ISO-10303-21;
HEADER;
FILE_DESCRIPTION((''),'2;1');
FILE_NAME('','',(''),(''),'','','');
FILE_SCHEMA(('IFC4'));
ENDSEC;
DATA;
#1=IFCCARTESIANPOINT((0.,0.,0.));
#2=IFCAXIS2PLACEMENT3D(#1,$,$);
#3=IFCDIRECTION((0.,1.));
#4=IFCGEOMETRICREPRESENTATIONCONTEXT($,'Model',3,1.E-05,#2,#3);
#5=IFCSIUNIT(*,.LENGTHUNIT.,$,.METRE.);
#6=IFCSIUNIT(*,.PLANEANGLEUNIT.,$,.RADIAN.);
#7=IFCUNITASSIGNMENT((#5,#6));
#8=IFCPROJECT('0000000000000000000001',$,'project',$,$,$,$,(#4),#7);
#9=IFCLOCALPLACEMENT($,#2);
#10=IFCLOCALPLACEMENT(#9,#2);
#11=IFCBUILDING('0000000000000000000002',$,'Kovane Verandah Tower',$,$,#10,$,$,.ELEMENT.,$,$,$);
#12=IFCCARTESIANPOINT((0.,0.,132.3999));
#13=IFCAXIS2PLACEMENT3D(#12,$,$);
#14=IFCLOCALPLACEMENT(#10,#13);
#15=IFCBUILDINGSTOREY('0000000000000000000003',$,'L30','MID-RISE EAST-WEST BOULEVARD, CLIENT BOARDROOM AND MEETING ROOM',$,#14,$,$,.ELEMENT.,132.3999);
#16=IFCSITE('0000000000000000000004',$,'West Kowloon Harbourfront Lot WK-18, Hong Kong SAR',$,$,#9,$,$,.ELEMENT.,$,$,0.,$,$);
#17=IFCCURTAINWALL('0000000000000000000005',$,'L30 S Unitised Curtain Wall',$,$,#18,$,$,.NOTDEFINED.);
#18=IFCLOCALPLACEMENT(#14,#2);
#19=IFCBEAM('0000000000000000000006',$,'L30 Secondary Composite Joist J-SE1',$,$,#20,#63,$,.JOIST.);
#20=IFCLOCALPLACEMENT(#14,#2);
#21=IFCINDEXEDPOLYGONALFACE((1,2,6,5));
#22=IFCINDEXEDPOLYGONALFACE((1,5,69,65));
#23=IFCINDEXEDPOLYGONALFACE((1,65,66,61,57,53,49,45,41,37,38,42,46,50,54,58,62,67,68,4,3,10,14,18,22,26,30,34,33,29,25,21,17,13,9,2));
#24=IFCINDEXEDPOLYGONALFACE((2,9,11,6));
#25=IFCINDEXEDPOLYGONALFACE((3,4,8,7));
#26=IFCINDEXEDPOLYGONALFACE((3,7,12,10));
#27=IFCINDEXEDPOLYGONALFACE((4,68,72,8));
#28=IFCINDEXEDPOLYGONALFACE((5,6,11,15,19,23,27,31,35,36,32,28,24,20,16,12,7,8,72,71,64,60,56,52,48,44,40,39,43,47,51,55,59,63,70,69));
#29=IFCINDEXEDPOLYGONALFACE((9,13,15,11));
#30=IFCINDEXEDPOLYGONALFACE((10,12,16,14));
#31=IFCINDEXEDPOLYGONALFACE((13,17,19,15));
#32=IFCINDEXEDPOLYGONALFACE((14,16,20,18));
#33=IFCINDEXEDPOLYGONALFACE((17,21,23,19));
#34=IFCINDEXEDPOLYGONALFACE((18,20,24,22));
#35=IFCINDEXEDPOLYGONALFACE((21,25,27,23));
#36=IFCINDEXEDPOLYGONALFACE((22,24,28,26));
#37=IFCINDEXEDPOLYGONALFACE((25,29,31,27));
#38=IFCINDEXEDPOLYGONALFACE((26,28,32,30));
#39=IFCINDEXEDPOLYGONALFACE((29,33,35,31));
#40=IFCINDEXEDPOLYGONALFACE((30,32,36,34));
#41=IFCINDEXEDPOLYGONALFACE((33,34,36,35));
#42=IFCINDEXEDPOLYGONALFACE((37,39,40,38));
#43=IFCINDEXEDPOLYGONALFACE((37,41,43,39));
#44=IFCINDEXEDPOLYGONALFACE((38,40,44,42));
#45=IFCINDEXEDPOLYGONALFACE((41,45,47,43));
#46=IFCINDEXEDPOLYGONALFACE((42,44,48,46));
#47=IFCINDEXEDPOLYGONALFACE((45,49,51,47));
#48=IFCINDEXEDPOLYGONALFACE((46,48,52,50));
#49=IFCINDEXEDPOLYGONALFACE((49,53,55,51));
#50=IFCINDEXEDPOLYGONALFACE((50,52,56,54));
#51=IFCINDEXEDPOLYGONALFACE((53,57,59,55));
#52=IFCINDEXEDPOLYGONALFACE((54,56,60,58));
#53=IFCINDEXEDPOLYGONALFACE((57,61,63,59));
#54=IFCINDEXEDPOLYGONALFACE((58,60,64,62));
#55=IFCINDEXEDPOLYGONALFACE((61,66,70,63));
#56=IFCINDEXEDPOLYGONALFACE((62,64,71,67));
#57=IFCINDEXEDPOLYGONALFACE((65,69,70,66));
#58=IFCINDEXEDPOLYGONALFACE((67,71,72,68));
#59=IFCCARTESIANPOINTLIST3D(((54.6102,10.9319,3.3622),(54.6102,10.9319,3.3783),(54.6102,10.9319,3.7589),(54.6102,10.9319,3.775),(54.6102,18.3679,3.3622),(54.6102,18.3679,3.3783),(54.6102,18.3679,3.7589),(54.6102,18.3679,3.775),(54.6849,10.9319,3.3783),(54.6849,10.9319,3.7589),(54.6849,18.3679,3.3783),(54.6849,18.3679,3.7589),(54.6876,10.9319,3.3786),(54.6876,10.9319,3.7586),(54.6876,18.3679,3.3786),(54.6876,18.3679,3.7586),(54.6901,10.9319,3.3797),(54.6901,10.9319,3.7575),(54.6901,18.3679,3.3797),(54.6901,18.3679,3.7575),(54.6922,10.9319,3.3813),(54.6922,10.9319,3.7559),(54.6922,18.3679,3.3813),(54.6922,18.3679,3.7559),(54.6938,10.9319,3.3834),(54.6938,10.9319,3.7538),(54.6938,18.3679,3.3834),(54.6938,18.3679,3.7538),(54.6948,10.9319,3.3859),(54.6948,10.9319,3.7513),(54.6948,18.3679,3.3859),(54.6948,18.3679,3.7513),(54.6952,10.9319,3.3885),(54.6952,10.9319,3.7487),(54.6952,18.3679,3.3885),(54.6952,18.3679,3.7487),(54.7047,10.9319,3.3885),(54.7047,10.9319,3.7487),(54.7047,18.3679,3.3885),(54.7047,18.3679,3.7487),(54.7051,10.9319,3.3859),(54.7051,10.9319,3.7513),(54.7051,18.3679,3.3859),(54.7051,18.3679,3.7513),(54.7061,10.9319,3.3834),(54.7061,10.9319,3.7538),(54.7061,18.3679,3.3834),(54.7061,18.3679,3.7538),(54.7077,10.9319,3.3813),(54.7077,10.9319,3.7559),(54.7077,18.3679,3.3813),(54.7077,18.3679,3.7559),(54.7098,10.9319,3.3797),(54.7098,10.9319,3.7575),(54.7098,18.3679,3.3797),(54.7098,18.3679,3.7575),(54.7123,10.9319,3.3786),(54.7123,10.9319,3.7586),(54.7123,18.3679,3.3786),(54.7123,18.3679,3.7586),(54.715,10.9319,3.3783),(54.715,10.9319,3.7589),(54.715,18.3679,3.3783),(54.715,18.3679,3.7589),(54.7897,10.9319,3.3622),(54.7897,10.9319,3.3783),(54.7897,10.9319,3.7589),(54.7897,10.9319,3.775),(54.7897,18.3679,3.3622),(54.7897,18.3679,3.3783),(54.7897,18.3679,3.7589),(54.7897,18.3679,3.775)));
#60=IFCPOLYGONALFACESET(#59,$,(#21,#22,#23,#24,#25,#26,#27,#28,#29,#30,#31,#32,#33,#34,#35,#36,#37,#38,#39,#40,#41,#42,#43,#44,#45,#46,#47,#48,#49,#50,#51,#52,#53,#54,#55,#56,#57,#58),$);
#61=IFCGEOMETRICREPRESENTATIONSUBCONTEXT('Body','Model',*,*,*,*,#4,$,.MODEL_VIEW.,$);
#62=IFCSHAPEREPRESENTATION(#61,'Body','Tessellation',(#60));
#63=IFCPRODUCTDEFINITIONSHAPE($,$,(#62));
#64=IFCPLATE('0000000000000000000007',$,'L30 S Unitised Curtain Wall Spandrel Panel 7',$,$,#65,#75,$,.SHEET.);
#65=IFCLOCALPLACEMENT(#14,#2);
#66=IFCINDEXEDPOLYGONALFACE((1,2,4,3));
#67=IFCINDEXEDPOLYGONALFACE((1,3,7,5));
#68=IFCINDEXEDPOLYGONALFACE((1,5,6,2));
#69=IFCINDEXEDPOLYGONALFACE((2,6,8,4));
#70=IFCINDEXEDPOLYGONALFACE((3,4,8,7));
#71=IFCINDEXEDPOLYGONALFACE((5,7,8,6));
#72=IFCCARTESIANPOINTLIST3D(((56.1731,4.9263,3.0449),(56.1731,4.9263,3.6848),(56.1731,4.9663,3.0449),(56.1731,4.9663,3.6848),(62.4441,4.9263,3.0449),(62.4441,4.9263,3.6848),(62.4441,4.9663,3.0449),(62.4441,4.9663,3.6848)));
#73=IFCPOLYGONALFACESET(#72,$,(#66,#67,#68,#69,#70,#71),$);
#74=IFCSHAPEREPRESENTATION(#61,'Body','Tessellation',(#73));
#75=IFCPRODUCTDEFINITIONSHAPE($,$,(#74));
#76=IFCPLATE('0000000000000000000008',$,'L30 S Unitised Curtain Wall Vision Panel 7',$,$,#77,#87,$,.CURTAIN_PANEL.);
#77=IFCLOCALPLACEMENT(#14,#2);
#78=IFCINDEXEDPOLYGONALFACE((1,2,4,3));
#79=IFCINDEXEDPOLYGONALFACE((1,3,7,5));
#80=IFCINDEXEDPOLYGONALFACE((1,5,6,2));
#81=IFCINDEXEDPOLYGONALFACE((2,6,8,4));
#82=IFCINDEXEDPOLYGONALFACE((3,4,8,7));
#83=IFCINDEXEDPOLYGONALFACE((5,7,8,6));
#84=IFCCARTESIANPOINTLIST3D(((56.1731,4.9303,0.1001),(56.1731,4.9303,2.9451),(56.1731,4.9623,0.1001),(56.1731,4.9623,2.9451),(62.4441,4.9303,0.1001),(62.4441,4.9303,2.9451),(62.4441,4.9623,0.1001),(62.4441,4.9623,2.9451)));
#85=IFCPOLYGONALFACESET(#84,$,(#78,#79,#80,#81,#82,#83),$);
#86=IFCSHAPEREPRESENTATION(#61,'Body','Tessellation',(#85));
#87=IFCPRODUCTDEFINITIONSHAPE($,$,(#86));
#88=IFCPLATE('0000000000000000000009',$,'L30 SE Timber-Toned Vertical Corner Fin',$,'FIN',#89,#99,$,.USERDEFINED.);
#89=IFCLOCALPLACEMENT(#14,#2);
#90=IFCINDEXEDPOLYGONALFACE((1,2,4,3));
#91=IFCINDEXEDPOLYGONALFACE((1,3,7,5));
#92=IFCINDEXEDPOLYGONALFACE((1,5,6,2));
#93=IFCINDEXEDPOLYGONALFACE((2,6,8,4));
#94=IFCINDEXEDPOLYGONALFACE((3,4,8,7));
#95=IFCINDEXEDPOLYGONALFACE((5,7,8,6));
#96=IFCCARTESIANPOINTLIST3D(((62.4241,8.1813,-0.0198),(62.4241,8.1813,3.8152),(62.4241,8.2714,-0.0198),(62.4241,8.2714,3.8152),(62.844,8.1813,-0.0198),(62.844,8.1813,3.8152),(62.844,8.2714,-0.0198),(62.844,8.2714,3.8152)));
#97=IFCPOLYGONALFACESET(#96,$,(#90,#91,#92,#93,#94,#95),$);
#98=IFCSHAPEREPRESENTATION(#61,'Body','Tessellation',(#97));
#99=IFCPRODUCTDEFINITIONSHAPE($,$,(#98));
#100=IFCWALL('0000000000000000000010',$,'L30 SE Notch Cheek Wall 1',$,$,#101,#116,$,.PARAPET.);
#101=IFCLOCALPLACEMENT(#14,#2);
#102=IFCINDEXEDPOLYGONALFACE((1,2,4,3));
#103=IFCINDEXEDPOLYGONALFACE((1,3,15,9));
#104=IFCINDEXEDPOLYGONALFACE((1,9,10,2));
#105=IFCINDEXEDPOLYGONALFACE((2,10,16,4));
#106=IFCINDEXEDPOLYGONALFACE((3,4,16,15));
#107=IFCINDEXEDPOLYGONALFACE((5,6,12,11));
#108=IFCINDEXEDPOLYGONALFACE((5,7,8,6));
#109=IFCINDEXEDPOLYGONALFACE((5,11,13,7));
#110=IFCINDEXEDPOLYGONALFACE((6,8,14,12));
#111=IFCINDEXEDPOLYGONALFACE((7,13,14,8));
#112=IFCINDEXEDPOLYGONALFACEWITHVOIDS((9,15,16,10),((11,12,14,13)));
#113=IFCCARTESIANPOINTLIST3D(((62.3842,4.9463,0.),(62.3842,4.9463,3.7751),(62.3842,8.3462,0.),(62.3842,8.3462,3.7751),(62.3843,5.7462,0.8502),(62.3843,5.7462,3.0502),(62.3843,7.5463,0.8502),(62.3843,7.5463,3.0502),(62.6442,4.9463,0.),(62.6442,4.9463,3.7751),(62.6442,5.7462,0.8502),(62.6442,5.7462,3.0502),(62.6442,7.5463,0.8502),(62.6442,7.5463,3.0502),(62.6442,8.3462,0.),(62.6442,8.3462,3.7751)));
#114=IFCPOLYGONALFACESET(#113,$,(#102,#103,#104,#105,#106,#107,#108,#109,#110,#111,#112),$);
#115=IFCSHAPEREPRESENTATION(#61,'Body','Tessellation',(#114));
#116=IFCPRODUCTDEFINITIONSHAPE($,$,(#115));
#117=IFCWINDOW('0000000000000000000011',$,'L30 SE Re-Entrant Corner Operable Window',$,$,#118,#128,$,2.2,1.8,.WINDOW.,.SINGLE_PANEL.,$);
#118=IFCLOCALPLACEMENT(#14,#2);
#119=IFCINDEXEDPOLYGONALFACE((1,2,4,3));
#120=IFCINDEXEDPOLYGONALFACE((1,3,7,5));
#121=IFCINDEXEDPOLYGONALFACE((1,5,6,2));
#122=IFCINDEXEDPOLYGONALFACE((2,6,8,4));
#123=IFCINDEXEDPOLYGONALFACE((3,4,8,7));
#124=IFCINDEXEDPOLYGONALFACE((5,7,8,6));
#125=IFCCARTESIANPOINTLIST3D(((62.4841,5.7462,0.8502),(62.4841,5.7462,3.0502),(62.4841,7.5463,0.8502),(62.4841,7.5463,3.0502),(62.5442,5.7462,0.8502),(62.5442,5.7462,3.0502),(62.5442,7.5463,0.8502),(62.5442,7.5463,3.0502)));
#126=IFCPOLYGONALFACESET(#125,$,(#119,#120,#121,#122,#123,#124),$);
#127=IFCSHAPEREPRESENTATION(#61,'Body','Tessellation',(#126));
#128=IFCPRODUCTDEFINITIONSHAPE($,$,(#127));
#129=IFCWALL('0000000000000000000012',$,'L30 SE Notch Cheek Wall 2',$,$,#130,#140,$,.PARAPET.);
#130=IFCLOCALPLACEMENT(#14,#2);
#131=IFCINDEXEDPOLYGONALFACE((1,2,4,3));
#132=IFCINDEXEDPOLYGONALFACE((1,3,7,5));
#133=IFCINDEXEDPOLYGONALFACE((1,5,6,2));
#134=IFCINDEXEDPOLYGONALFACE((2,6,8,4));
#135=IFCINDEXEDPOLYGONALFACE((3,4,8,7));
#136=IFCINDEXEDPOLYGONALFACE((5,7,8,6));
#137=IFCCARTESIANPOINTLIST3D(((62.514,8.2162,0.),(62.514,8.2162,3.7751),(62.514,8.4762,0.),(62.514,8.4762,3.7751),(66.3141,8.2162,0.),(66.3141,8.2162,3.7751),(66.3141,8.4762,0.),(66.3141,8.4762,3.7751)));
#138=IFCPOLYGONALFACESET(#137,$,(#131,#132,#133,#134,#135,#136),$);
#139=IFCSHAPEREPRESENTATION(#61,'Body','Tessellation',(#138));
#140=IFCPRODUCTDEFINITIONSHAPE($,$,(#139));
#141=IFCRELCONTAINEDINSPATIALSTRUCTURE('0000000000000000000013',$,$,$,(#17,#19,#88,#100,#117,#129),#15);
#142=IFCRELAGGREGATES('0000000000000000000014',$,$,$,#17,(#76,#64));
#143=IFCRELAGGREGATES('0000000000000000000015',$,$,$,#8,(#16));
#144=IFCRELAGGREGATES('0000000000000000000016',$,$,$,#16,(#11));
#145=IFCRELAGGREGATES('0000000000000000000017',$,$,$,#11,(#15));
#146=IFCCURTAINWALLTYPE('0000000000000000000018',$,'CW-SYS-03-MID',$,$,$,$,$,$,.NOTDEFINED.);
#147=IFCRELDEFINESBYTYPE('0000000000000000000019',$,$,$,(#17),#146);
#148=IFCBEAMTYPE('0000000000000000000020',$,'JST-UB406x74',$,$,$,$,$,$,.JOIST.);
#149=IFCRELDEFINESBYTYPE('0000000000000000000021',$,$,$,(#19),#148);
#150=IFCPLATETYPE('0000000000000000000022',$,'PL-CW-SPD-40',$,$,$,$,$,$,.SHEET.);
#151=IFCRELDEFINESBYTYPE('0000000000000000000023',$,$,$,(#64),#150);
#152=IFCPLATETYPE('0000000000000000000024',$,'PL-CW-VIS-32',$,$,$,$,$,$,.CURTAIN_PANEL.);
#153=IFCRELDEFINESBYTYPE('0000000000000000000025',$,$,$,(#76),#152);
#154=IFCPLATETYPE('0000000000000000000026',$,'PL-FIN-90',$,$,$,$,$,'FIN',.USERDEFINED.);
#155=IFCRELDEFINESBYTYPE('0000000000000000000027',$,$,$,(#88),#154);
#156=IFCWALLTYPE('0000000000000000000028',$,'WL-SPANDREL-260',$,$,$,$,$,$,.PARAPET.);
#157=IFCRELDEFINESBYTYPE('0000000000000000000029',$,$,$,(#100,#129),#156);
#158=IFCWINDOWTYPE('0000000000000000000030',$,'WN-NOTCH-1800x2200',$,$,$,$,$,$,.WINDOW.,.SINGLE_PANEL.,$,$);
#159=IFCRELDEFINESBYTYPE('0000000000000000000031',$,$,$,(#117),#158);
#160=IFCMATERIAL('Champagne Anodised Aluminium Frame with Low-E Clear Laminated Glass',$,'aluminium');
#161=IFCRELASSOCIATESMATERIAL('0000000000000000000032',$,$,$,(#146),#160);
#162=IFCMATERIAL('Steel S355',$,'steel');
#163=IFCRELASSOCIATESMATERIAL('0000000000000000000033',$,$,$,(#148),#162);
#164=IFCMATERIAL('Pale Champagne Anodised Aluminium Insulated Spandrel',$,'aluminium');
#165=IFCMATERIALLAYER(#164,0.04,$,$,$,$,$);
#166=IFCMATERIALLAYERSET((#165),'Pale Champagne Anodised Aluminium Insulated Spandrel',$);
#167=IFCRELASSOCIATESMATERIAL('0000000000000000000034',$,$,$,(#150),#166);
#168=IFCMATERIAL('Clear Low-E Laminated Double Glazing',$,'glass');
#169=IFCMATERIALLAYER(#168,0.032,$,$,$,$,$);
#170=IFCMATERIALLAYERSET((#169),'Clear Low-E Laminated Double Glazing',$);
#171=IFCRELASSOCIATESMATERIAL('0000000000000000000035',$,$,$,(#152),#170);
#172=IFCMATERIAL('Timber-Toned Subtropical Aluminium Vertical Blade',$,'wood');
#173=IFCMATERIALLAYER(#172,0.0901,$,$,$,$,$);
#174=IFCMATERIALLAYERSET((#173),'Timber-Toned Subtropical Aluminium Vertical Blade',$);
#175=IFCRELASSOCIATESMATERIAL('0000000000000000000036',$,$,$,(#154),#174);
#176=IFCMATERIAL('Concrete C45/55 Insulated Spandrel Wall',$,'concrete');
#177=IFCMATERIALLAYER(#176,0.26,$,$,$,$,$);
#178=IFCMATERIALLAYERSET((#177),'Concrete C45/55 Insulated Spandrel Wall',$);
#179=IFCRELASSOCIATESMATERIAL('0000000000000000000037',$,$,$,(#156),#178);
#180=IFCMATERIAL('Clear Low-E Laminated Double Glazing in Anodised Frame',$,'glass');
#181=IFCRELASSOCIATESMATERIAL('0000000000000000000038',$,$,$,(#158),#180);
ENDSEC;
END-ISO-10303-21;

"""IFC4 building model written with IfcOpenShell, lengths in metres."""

from ifc_helpers import new_model, si_unit, direction, frame, frame_2d, origin, origin_2d, place, context, subcontext, project, spatial, rectangle, i_section, extrude, material, layer, layer_set, material_profile, profile_set, type_object, element, fill, aggregate, save


model = new_model("IFC4")

# Units and contexts
model_context = context("Model", 3, precision=1e-05, world=origin(), true_north=direction((0.0, 1.0)))
body_context = subcontext(model_context, "Body", "Model", "MODEL_VIEW")
ifc_project = project(units=[si_unit("LENGTHUNIT", "METRE"), si_unit("PLANEANGLEUNIT", "RADIAN")], contexts=[model_context])

# Site, building, storey
site_placement = place(None, origin())
site = spatial("IfcSite", under=ifc_project, at=site_placement, Name="West Kowloon Harbourfront Lot WK-18, Hong Kong SAR", CompositionType="ELEMENT", RefElevation=0.0)
building_placement = place(site_placement, origin())
building = spatial("IfcBuilding", under=site, at=building_placement, Name="Kovane Verandah Tower", CompositionType="ELEMENT")
storey_placement = place(building_placement, frame((0.0, 0.0, 132.3999)))
storey = spatial("IfcBuildingStorey", under=building, at=storey_placement, Name="L30", Description="MID-RISE EAST-WEST BOULEVARD, CLIENT BOARDROOM AND MEETING ROOM", CompositionType="ELEMENT", Elevation=132.3999)

# Shared definitions
ifc_material_1 = material(Name="Steel S355", Category="steel")

# Curtain wall
ifc_material_2 = material(Name="Champagne Anodised Aluminium Frame with Low-E Clear Laminated Glass", Category="aluminium")
curtain_wall_type = type_object("IfcCurtainWallType", Name="CW-SYS-03-MID", PredefinedType="NOTDEFINED", material=ifc_material_2)
curtain_wall_placement = place(storey_placement, origin())
curtain_wall = element("IfcCurtainWall", 1, at=curtain_wall_placement, inside=storey, type_object=curtain_wall_type, Name="L30 S Unitised Curtain Wall", PredefinedType="NOTDEFINED")

# Beam
ifc_material_profile_1 = material_profile(ifc_material_1, i_section(OverallWidth=0.1794, OverallDepth=0.4128, WebThickness=0.0095, FlangeThickness=0.0161, FilletRadius=0.0103, at=origin_2d()), Name="UB406x178x74")
ifc_profile_set_1 = profile_set([ifc_material_profile_1], Name="Steel S355")
beam_type_1 = type_object("IfcBeamType", Name="JST-UB406x74", PredefinedType="JOIST", material=ifc_profile_set_1)
beam_1_placement = place(storey_placement, frame((54.7, 10.9319, 3.5686), z_axis=(0.0, 1.0, 0.0), x_axis=(-1.0, 0.0, 0.0)))
element("IfcBeam", 2, at=beam_1_placement, inside=storey, type_object=beam_type_1, Name="L30 Secondary Composite Joist J-SE1", PredefinedType="JOIST", context=body_context, shape_type="SweptSolid", body=[
    extrude(i_section(OverallWidth=0.1794, OverallDepth=0.4128, WebThickness=0.0095, FlangeThickness=0.0161, FilletRadius=0.0103, at=origin_2d()), origin(), (0.0, 0.0, 1.0), 7.436),
])

# Plates
ifc_material_3 = material(Name="Pale Champagne Anodised Aluminium Insulated Spandrel", Category="aluminium")
ifc_layer_1 = layer(ifc_material_3, 0.04)
ifc_layer_set_1 = layer_set([ifc_layer_1], Name="Pale Champagne Anodised Aluminium Insulated Spandrel")
plate_type_1 = type_object("IfcPlateType", Name="PL-CW-SPD-40", PredefinedType="SHEET", material=ifc_layer_set_1)
plate_1_placement = place(storey_placement, frame((59.3086, 4.9463, 3.0449), z_axis=(0.0, 0.0, 1.0), x_axis=(1.0, 0.0, 0.0)))
plate_1 = element("IfcPlate", 3, at=plate_1_placement, type_object=plate_type_1, Name="L30 S Unitised Curtain Wall Spandrel Panel 7", PredefinedType="SHEET", context=body_context, shape_type="SweptSolid", body=[
    extrude(rectangle(XDim=6.271, YDim=0.04, at=origin_2d()), origin(), (0.0, 0.0, 1.0), 0.6399),
])
ifc_material_4 = material(Name="Clear Low-E Laminated Double Glazing", Category="glass")
ifc_layer_2 = layer(ifc_material_4, 0.032)
ifc_layer_set_2 = layer_set([ifc_layer_2], Name="Clear Low-E Laminated Double Glazing")
plate_type_2 = type_object("IfcPlateType", Name="PL-CW-VIS-32", PredefinedType="CURTAIN_PANEL", material=ifc_layer_set_2)
plate_2_placement = place(storey_placement, frame((59.3086, 4.9463, 0.1001), z_axis=(0.0, 0.0, 1.0), x_axis=(1.0, 0.0, 0.0)))
plate_2 = element("IfcPlate", 4, at=plate_2_placement, type_object=plate_type_2, Name="L30 S Unitised Curtain Wall Vision Panel 7", PredefinedType="CURTAIN_PANEL", context=body_context, shape_type="SweptSolid", body=[
    extrude(rectangle(XDim=6.271, YDim=0.032, at=origin_2d()), origin(), (0.0, 0.0, 1.0), 2.845),
])
aggregate(curtain_wall, [plate_2, plate_1])
ifc_material_5 = material(Name="Timber-Toned Subtropical Aluminium Vertical Blade", Category="wood")
ifc_layer_3 = layer(ifc_material_5, 0.0901)
ifc_layer_set_3 = layer_set([ifc_layer_3], Name="Timber-Toned Subtropical Aluminium Vertical Blade")
plate_type_3 = type_object("IfcPlateType", Name="PL-FIN-90", ElementType="FIN", PredefinedType="USERDEFINED", material=ifc_layer_set_3)
plate_3_placement = place(storey_placement, frame((62.634, 8.2263, -0.0198), z_axis=(0.0, 0.0, 1.0), x_axis=(1.0, 0.0, 0.0)))
element("IfcPlate", 5, at=plate_3_placement, inside=storey, type_object=plate_type_3, Name="L30 SE Timber-Toned Vertical Corner Fin", ObjectType="FIN", PredefinedType="USERDEFINED", context=body_context, shape_type="SweptSolid", body=[
    extrude(rectangle(XDim=0.4199, YDim=0.0901, at=origin_2d()), origin(), (0.0, 0.0, 1.0), 3.835),
])

# Shared definitions
ifc_material_6 = material(Name="Concrete C45/55 Insulated Spandrel Wall", Category="concrete")
ifc_layer_4 = layer(ifc_material_6, 0.26)
ifc_layer_set_4 = layer_set([ifc_layer_4], Name="Concrete C45/55 Insulated Spandrel Wall")
wall_type = type_object("IfcWallType", Name="WL-SPANDREL-260", PredefinedType="PARAPET", material=ifc_layer_set_4)
ifc_material_7 = material(Name="Clear Low-E Laminated Double Glazing in Anodised Frame", Category="glass")

# Wall, opening, window
wall_1_placement = place(storey_placement, frame((62.5142, 4.9463, 0.0), z_axis=(0.0, 0.0, 1.0), x_axis=(0.0, 1.0, 0.0)))
wall_1 = element("IfcWall", 6, at=wall_1_placement, inside=storey, type_object=wall_type, Name="L30 SE Notch Cheek Wall 1", PredefinedType="PARAPET", context=body_context, shape_type="SweptSolid", body=[
    extrude(rectangle(XDim=3.3999, YDim=0.26, at=frame_2d((1.7, 0.0))), origin(), (0.0, 0.0, 1.0), 3.7751),
])
opening_1_placement = place(wall_1_placement, frame((0.8, 0.0, 0.8501)))
opening_1 = element("IfcOpeningElement", 7, at=opening_1_placement, cuts=wall_1, PredefinedType="OPENING", context=body_context, shape_type="SweptSolid", body=[
    extrude(rectangle(XDim=1.8, YDim=2.2, at=frame_2d((0.8999, 1.1001))), frame((0.0, 0.1299, 0.0), z_axis=(0.0, -1.0, 0.0), x_axis=(1.0, 0.0, 0.0)), (0.0, 0.0, 1.0), 0.26),
])
window_type_1 = type_object("IfcWindowType", Name="WN-NOTCH-1800x2200", PartitioningType="SINGLE_PANEL", PredefinedType="WINDOW", material=ifc_material_7)
window_1_placement = place(opening_1_placement, origin())
window_1 = element("IfcWindow", 8, at=window_1_placement, inside=storey, type_object=window_type_1, Name="L30 SE Re-Entrant Corner Operable Window", OverallHeight=2.2, OverallWidth=1.8, PartitioningType="SINGLE_PANEL", PredefinedType="WINDOW", context=body_context, shape_type="SweptSolid", body=[
    extrude(rectangle(XDim=1.8, YDim=2.2, at=frame_2d((0.8999, 1.1001))), frame((0.0, 0.03, 0.0), z_axis=(0.0, -1.0, 0.0), x_axis=(1.0, 0.0, 0.0)), (0.0, 0.0, 1.0), 0.0601),
])
fill(opening_1, window_1)

# Wall
wall_2_placement = place(storey_placement, frame((62.5142, 8.3462, 0.0), z_axis=(0.0, 0.0, 1.0), x_axis=(1.0, 0.0, 0.0)))
element("IfcWall", 9, at=wall_2_placement, inside=storey, type_object=wall_type, Name="L30 SE Notch Cheek Wall 2", PredefinedType="PARAPET", context=body_context, shape_type="SweptSolid", body=[
    extrude(rectangle(XDim=3.8, YDim=0.26, at=frame_2d((1.8999, 0.0))), origin(), (0.0, 0.0, 1.0), 3.7751),
])

save(model, "model.ifc")
